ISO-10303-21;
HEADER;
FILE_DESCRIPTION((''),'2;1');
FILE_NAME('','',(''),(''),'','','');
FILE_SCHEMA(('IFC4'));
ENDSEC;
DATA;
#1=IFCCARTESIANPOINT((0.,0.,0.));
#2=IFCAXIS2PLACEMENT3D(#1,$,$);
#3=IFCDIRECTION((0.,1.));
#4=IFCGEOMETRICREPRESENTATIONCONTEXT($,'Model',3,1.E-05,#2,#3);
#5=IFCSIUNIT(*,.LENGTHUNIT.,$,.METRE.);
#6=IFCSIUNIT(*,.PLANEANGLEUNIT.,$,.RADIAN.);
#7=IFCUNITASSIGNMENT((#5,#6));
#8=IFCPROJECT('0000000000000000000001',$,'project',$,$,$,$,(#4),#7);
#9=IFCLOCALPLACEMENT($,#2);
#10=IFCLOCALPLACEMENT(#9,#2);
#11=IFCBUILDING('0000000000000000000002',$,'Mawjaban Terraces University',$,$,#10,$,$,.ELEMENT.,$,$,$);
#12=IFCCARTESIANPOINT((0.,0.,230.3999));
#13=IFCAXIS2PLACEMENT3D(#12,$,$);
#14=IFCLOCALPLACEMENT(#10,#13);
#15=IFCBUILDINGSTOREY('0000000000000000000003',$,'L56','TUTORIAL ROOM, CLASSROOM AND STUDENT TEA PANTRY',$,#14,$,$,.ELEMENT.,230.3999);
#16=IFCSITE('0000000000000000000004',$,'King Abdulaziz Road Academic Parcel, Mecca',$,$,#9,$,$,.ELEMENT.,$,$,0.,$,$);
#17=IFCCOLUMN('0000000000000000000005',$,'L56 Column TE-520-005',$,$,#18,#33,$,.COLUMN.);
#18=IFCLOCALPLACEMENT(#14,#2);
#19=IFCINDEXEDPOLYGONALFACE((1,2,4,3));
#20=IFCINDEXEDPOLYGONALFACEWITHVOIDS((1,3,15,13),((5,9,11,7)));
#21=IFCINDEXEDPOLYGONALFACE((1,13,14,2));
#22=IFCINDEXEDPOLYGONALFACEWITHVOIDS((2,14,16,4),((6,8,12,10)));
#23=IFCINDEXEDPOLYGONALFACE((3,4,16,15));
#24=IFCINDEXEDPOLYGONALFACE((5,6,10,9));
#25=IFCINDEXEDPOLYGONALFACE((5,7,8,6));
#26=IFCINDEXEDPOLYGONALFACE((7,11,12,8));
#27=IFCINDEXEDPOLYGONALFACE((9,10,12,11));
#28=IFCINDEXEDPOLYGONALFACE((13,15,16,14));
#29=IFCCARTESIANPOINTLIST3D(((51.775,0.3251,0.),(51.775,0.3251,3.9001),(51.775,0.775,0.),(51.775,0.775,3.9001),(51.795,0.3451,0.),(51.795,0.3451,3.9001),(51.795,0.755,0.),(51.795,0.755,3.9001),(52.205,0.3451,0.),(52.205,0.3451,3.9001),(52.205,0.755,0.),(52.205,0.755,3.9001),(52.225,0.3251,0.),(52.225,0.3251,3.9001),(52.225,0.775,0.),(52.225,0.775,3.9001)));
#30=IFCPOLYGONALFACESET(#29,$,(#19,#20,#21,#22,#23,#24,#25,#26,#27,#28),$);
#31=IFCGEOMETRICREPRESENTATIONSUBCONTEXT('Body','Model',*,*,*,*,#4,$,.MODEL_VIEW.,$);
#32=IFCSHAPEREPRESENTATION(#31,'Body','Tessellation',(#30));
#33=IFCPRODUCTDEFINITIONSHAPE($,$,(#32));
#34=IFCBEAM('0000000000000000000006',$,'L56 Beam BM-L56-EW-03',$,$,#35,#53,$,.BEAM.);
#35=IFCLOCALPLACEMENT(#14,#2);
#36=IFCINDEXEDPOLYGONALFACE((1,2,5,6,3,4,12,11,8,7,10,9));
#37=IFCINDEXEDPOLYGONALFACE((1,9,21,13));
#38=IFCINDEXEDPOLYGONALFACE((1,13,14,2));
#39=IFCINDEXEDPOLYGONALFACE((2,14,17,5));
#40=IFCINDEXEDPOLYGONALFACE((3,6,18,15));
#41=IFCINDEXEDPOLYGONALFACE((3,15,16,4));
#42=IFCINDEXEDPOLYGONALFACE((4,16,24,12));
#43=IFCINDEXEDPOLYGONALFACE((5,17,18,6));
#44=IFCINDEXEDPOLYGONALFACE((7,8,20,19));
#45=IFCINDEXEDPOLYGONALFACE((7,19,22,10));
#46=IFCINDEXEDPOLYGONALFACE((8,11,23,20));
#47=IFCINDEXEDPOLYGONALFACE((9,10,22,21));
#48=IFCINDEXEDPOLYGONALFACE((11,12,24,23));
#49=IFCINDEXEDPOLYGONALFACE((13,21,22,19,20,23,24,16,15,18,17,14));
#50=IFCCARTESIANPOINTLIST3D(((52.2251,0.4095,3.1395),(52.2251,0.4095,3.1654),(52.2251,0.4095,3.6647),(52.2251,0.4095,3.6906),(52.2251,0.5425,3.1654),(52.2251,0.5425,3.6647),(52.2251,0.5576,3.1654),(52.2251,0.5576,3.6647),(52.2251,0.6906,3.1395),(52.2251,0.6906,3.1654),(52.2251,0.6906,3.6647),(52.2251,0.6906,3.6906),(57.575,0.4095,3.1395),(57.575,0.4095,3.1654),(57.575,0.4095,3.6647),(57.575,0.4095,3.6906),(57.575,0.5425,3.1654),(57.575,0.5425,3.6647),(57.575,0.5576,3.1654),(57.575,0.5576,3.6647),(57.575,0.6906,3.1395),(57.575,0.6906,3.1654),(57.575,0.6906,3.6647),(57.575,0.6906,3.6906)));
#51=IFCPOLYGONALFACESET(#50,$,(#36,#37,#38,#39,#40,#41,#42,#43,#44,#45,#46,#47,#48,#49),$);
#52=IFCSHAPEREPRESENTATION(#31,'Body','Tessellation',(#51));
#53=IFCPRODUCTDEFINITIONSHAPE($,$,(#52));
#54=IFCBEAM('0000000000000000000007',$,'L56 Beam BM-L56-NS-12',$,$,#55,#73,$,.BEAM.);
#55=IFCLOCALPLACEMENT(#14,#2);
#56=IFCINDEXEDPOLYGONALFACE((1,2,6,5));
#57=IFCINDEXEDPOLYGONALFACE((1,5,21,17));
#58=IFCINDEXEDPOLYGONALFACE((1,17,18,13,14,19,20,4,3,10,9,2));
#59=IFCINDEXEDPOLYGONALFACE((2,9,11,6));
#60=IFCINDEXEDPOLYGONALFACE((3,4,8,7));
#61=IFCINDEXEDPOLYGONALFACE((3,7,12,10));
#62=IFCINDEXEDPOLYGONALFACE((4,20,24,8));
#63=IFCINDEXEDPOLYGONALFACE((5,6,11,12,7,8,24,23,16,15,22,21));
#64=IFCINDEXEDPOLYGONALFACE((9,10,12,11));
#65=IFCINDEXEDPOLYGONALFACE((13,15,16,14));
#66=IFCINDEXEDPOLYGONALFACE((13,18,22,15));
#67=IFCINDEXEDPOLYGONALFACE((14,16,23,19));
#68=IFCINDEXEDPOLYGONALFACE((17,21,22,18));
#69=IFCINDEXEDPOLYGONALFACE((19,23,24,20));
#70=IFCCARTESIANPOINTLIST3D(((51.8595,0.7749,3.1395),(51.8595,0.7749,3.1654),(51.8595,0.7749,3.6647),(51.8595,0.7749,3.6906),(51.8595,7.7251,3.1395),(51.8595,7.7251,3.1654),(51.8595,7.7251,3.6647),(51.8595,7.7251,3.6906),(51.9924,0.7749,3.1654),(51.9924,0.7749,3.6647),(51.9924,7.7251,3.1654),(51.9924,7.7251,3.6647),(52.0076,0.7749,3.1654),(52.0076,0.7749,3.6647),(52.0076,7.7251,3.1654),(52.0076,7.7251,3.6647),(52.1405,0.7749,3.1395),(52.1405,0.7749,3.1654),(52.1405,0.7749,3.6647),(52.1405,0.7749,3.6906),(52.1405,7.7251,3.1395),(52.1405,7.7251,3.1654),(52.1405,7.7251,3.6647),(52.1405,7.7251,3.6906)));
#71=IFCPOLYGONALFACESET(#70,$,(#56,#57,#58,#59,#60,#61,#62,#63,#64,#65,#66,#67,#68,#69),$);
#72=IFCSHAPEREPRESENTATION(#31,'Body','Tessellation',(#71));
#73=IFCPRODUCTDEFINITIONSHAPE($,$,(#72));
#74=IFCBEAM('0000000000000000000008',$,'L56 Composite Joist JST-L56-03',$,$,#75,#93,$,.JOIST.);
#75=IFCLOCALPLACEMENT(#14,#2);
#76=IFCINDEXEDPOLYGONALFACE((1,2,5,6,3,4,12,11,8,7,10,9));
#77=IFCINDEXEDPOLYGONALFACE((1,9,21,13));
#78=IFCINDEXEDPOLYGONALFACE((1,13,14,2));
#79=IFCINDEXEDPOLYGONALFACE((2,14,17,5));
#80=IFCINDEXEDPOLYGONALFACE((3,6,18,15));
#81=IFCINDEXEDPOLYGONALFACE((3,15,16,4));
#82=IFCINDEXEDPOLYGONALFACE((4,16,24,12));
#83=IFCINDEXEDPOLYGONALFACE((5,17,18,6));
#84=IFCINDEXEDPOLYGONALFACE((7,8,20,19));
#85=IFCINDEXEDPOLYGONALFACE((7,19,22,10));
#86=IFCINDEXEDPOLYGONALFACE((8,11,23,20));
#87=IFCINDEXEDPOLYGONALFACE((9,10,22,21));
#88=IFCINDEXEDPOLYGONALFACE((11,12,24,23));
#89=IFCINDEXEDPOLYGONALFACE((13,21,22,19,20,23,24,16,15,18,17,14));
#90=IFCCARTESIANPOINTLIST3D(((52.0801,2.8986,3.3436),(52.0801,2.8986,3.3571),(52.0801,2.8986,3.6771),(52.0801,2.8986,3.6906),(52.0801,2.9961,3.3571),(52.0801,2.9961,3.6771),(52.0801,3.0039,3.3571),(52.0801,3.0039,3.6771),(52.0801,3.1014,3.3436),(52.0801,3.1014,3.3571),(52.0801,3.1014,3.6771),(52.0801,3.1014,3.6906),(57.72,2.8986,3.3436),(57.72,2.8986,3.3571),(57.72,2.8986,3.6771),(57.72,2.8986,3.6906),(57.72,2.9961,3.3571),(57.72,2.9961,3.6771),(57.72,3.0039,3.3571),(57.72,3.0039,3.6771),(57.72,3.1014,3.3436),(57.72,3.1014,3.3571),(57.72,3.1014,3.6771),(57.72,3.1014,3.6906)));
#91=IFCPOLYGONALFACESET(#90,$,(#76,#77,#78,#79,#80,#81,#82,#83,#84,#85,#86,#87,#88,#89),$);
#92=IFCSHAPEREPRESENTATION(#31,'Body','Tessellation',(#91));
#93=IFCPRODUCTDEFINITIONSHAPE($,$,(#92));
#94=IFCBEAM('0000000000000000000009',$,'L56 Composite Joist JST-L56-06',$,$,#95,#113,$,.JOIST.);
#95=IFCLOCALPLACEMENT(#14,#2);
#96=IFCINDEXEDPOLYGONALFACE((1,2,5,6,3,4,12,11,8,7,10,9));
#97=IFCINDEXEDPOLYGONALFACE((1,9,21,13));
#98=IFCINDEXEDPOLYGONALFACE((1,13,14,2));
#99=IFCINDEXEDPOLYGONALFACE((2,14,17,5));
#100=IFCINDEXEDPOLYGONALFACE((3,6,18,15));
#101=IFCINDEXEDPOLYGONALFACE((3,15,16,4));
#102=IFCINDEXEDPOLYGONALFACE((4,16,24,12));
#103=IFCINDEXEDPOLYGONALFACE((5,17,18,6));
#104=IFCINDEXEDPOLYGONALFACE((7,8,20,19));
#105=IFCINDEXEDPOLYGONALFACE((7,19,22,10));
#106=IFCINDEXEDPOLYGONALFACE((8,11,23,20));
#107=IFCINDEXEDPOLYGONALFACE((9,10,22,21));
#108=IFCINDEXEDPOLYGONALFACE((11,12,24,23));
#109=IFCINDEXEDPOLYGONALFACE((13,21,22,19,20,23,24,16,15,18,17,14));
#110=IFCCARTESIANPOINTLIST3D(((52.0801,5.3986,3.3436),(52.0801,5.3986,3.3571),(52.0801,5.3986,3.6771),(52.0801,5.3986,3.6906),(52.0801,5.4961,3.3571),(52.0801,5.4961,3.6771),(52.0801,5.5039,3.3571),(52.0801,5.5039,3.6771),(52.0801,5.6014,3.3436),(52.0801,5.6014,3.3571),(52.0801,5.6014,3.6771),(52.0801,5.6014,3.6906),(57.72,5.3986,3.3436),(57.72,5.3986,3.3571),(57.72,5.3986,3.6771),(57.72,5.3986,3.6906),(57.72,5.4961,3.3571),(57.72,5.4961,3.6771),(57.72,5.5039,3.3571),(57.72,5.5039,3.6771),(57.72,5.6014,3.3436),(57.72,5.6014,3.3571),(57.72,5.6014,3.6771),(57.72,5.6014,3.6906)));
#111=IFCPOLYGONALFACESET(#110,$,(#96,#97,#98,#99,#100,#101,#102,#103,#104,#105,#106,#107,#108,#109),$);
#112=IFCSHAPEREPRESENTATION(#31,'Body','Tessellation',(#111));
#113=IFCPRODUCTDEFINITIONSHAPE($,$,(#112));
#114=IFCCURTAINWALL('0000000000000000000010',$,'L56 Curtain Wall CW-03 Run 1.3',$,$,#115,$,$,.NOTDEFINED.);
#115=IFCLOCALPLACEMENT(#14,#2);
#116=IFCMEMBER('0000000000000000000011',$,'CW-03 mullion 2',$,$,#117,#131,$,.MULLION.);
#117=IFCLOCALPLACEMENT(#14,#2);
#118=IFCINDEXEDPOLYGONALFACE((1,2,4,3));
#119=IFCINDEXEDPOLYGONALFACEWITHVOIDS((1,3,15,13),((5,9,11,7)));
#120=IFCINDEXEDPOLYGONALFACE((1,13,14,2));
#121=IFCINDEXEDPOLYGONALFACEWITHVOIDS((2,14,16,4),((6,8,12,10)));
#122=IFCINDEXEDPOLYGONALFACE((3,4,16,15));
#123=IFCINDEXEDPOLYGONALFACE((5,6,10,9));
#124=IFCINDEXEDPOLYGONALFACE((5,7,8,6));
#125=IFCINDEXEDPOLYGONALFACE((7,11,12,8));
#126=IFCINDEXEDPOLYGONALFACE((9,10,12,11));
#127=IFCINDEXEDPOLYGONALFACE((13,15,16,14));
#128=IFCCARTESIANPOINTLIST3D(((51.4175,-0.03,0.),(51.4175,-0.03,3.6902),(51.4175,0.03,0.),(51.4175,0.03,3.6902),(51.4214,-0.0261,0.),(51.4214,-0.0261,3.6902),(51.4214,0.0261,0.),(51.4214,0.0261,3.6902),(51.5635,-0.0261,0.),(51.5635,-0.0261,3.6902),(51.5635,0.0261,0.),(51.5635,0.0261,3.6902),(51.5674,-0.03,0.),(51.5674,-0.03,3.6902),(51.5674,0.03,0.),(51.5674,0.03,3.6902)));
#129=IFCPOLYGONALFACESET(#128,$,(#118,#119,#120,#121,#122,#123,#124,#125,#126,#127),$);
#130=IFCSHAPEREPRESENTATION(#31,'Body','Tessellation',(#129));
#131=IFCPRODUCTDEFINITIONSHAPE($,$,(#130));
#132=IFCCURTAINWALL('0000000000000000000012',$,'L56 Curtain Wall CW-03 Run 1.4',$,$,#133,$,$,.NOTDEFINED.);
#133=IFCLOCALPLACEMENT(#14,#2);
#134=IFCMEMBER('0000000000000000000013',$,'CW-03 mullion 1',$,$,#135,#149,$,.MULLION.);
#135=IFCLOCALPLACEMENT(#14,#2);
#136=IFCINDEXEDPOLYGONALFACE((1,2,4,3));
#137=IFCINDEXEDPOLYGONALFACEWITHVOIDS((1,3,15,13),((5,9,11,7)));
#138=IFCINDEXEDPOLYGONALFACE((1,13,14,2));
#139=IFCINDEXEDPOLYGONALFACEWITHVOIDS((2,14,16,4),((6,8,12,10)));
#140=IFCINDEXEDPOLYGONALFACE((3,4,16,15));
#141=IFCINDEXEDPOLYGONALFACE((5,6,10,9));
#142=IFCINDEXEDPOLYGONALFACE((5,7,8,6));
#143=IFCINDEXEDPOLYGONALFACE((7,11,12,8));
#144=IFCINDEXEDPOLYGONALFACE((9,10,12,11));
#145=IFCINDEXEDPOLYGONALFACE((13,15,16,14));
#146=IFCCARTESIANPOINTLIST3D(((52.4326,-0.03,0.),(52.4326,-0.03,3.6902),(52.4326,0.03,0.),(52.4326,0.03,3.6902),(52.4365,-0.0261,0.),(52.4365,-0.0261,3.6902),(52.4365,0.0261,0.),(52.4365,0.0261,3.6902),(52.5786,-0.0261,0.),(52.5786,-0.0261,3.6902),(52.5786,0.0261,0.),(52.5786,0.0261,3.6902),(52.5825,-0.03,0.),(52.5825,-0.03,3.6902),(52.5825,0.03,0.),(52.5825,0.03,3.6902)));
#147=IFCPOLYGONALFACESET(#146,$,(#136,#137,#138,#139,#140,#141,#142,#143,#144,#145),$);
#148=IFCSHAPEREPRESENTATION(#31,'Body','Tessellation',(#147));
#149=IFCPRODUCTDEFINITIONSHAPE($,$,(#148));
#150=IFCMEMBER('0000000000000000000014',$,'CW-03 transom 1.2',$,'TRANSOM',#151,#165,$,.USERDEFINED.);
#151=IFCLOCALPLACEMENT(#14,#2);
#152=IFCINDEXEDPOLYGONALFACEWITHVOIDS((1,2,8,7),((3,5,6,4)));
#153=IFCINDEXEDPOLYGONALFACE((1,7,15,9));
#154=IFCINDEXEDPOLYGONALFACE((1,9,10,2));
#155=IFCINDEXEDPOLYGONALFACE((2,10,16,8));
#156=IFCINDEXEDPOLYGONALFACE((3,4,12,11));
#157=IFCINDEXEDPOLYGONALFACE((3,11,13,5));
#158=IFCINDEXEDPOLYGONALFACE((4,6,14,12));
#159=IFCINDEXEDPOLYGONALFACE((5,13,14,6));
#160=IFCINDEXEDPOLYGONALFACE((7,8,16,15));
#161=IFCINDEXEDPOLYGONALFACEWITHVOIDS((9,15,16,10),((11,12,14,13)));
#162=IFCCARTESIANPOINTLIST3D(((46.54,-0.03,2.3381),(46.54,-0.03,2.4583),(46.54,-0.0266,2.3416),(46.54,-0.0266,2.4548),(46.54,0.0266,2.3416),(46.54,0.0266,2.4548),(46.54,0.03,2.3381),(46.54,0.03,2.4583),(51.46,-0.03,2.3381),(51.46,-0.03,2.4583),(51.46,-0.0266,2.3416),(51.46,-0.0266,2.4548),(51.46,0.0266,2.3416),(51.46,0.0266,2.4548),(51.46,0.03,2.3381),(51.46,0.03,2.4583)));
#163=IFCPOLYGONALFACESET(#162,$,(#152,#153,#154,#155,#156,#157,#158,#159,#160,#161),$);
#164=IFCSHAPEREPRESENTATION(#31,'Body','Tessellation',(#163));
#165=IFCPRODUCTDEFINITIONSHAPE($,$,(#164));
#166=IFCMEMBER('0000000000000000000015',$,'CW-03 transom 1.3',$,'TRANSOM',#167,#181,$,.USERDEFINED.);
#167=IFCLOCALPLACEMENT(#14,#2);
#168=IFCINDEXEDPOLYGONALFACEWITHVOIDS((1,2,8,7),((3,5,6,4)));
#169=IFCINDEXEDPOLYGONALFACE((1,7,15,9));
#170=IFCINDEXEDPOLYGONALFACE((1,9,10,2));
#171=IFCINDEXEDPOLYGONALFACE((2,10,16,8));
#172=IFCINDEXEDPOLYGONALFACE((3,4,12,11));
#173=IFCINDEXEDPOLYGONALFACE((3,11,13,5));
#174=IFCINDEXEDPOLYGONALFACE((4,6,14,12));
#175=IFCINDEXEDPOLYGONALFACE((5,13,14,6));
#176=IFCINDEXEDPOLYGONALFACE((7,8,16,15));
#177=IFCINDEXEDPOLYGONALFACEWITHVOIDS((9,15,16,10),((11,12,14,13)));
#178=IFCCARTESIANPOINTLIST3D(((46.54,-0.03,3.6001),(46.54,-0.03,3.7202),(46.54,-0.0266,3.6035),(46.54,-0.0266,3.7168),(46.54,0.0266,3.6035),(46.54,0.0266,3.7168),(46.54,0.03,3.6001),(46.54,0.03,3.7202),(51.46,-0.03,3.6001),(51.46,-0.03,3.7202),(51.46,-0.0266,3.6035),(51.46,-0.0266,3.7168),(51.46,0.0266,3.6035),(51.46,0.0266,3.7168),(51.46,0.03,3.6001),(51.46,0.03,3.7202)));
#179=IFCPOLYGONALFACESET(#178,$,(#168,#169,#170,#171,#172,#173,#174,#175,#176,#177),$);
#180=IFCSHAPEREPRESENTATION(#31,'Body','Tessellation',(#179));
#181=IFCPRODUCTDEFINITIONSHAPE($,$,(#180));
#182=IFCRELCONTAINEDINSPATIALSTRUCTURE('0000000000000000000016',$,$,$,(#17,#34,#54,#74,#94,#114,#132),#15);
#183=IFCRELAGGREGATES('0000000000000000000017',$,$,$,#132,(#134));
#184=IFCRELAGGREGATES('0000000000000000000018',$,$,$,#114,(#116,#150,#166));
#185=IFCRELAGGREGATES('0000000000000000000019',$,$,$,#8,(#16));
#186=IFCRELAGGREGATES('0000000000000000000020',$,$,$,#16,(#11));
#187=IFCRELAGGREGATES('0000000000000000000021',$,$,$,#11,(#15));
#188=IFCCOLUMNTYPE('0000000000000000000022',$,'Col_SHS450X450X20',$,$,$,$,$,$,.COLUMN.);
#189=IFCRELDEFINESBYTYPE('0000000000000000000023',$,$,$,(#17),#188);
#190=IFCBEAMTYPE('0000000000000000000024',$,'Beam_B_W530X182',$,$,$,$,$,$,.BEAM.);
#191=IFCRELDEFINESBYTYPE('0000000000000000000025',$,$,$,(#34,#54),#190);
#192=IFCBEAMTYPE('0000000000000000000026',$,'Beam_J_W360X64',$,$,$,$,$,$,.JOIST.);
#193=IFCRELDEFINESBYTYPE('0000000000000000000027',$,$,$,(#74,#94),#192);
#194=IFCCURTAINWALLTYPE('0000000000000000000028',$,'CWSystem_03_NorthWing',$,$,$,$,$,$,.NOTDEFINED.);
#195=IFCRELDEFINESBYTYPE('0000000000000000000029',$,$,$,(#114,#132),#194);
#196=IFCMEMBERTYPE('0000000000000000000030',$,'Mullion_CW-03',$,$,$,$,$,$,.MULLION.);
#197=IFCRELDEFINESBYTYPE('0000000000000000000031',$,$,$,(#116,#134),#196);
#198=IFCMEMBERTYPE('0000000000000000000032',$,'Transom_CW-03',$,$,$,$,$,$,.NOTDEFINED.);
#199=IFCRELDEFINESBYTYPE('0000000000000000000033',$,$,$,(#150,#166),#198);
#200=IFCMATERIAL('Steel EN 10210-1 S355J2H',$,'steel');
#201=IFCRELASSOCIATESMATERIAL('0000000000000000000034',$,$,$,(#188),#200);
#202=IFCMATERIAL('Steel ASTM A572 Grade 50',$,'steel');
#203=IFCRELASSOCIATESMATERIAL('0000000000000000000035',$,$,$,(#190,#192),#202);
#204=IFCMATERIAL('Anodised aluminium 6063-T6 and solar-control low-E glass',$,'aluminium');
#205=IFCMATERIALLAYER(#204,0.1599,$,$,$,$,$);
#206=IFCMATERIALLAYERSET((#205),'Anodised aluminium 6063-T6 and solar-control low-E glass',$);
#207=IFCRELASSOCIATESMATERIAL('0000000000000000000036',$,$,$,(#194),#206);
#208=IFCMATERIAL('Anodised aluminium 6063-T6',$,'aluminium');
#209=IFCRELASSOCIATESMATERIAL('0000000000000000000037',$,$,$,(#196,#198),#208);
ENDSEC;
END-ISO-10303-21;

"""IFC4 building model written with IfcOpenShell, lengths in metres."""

from ifc_helpers import new_model, si_unit, direction, frame, origin, origin_2d, place, context, subcontext, project, spatial, hollow_rectangle, i_section, extrude, material, layer, layer_set, material_profile, profile_set, type_object, element, aggregate, save


model = new_model("IFC4")

# Units and contexts
model_context = context("Model", 3, precision=1e-05, world=origin(), true_north=direction((0.0, 1.0)))
body_context = subcontext(model_context, "Body", "Model", "MODEL_VIEW")
ifc_project = project(units=[si_unit("LENGTHUNIT", "METRE"), si_unit("PLANEANGLEUNIT", "RADIAN")], contexts=[model_context])

# Site, building, storey
site_placement = place(None, origin())
site = spatial("IfcSite", under=ifc_project, at=site_placement, Name="King Abdulaziz Road Academic Parcel, Mecca", CompositionType="ELEMENT", RefElevation=0.0)
building_placement = place(site_placement, origin())
building = spatial("IfcBuilding", under=site, at=building_placement, Name="Mawjaban Terraces University", CompositionType="ELEMENT")
storey_placement = place(building_placement, frame((0.0, 0.0, 230.3999)))
storey = spatial("IfcBuildingStorey", under=building, at=storey_placement, Name="L56", Description="TUTORIAL ROOM, CLASSROOM AND STUDENT TEA PANTRY", CompositionType="ELEMENT", Elevation=230.3999)

# Column
ifc_material_1 = material(Name="Steel EN 10210-1 S355J2H", Category="steel")
ifc_material_profile_1 = material_profile(ifc_material_1, hollow_rectangle(XDim=0.45, YDim=0.45, WallThickness=0.02, at=origin_2d()), Name="SHS450X450X20")
ifc_profile_set_1 = profile_set([ifc_material_profile_1], Name="Steel EN 10210-1 S355J2H")
column_type = type_object("IfcColumnType", Name="Col_SHS450X450X20", PredefinedType="COLUMN", material=ifc_profile_set_1)
column_placement = place(storey_placement, frame((52.0, 0.55, 0.0), z_axis=(0.0, 0.0, 1.0), x_axis=(1.0, 0.0, 0.0)))
element("IfcColumn", 1, at=column_placement, inside=storey, type_object=column_type, Name="L56 Column TE-520-005", PredefinedType="COLUMN", context=body_context, shape_type="SweptSolid", body=[
    extrude(hollow_rectangle(XDim=0.45, YDim=0.45, WallThickness=0.02, at=origin_2d()), origin(), (0.0, 0.0, 1.0), 3.9001),
])

# Beams
ifc_material_2 = material(Name="Steel ASTM A572 Grade 50", Category="steel")
ifc_material_profile_2 = material_profile(ifc_material_2, i_section(OverallWidth=0.281, OverallDepth=0.551, WebThickness=0.0151, FlangeThickness=0.0259, at=origin_2d()), Name="W530X182")
ifc_profile_set_2 = profile_set([ifc_material_profile_2], Name="Steel ASTM A572 Grade 50")
beam_type_1 = type_object("IfcBeamType", Name="Beam_B_W530X182", PredefinedType="BEAM", material=ifc_profile_set_2)
beam_1_placement = place(storey_placement, frame((52.2251, 0.55, 3.415), z_axis=(1.0, 0.0, 0.0), x_axis=(0.0, 1.0, 0.0)))
element("IfcBeam", 2, at=beam_1_placement, inside=storey, type_object=beam_type_1, Name="L56 Beam BM-L56-EW-03", PredefinedType="BEAM", context=body_context, shape_type="SweptSolid", body=[
    extrude(i_section(OverallWidth=0.281, OverallDepth=0.551, WebThickness=0.0151, FlangeThickness=0.0259, at=origin_2d()), origin(), (0.0, 0.0, 1.0), 5.3499),
])
beam_2_placement = place(storey_placement, frame((52.0, 0.7749, 3.415), z_axis=(0.0, 1.0, 0.0), x_axis=(-1.0, 0.0, 0.0)))
element("IfcBeam", 3, at=beam_2_placement, inside=storey, type_object=beam_type_1, Name="L56 Beam BM-L56-NS-12", PredefinedType="BEAM", context=body_context, shape_type="SweptSolid", body=[
    extrude(i_section(OverallWidth=0.281, OverallDepth=0.551, WebThickness=0.0151, FlangeThickness=0.0259, at=origin_2d()), origin(), (0.0, 0.0, 1.0), 6.9502),
])
ifc_material_profile_3 = material_profile(ifc_material_2, i_section(OverallWidth=0.2029, OverallDepth=0.3469, WebThickness=0.0078, FlangeThickness=0.0134, at=origin_2d()), Name="W360X64")
ifc_profile_set_3 = profile_set([ifc_material_profile_3], Name="Steel ASTM A572 Grade 50")
beam_type_2 = type_object("IfcBeamType", Name="Beam_J_W360X64", PredefinedType="JOIST", material=ifc_profile_set_3)
for number, where, z_axis, x_axis, name in (
    (4, (52.0801, 3.0, 3.5171), (1.0, 0.0, 0.0), (0.0, 1.0, 0.0), "L56 Composite Joist JST-L56-03"),
    (5, (52.0801, 5.5, 3.5171), (1.0, 0.0, 0.0), (0.0, 1.0, 0.0), "L56 Composite Joist JST-L56-06"),
):
    element("IfcBeam", number, at=place(storey_placement, frame(where, z_axis=z_axis, x_axis=x_axis)), inside=storey, type_object=beam_type_2, Name=name, PredefinedType="JOIST", context=body_context, shape_type="SweptSolid", body=[
        extrude(i_section(OverallWidth=0.2029, OverallDepth=0.3469, WebThickness=0.0078, FlangeThickness=0.0134, at=origin_2d()), origin(), (0.0, 0.0, 1.0), 5.6399),
    ])

# Curtain walls, members
ifc_material_3 = material(Name="Anodised aluminium 6063-T6 and solar-control low-E glass", Category="aluminium")
ifc_layer_1 = layer(ifc_material_3, 0.1599)
ifc_layer_set_1 = layer_set([ifc_layer_1], Name="Anodised aluminium 6063-T6 and solar-control low-E glass")
curtain_wall_type = type_object("IfcCurtainWallType", Name="CWSystem_03_NorthWing", PredefinedType="NOTDEFINED", material=ifc_layer_set_1)
curtain_wall_1_placement = place(storey_placement, origin())
curtain_wall_1 = element("IfcCurtainWall", 6, at=curtain_wall_1_placement, inside=storey, type_object=curtain_wall_type, Name="L56 Curtain Wall CW-03 Run 1.3", PredefinedType="NOTDEFINED")
ifc_material_4 = material(Name="Anodised aluminium 6063-T6", Category="aluminium")
ifc_material_profile_4 = material_profile(ifc_material_4, hollow_rectangle(XDim=0.0601, YDim=0.1499, WallThickness=0.0039, at=origin_2d()), Name="ALU150X60X4")
ifc_profile_set_4 = profile_set([ifc_material_profile_4], Name="Anodised aluminium 6063-T6")
member_type_1 = type_object("IfcMemberType", Name="Mullion_CW-03", PredefinedType="MULLION", material=ifc_profile_set_4)
member_1_placement = place(storey_placement, frame((51.4924, 0.0, 0.0), z_axis=(0.0, 0.0, 1.0), x_axis=(0.0, 1.0, 0.0)))
member_1 = element("IfcMember", 7, at=member_1_placement, type_object=member_type_1, Name="CW-03 mullion 2", PredefinedType="MULLION", context=body_context, shape_type="SweptSolid", body=[
    extrude(hollow_rectangle(XDim=0.0601, YDim=0.1499, WallThickness=0.0039, at=origin_2d()), origin(), (0.0, 0.0, 1.0), 3.6902),
])
curtain_wall_2_placement = place(storey_placement, origin())
curtain_wall_2 = element("IfcCurtainWall", 8, at=curtain_wall_2_placement, inside=storey, type_object=curtain_wall_type, Name="L56 Curtain Wall CW-03 Run 1.4", PredefinedType="NOTDEFINED")
member_2_placement = place(storey_placement, frame((52.5076, 0.0, 0.0), z_axis=(0.0, 0.0, 1.0), x_axis=(0.0, 1.0, 0.0)))
member_2 = element("IfcMember", 9, at=member_2_placement, type_object=member_type_1, Name="CW-03 mullion 1", PredefinedType="MULLION", context=body_context, shape_type="SweptSolid", body=[
    extrude(hollow_rectangle(XDim=0.0601, YDim=0.1499, WallThickness=0.0039, at=origin_2d()), origin(), (0.0, 0.0, 1.0), 3.6902),
])

# Members
ifc_material_profile_5 = material_profile(ifc_material_4, hollow_rectangle(XDim=0.0601, YDim=0.1201, WallThickness=0.0034, at=origin_2d()), Name="ALU120X60X3.5")
ifc_profile_set_5 = profile_set([ifc_material_profile_5], Name="Anodised aluminium 6063-T6")
member_type_2 = type_object("IfcMemberType", Name="Transom_CW-03", PredefinedType="NOTDEFINED", material=ifc_profile_set_5)
member_3_placement = place(storey_placement, frame((46.54, 0.0, 2.3982), z_axis=(1.0, 0.0, 0.0), x_axis=(0.0, 1.0, 0.0)))
member_3 = element("IfcMember", 10, at=member_3_placement, type_object=member_type_2, Name="CW-03 transom 1.2", ObjectType="TRANSOM", PredefinedType="USERDEFINED", context=body_context, shape_type="SweptSolid", body=[
    extrude(hollow_rectangle(XDim=0.0601, YDim=0.1201, WallThickness=0.0034, at=origin_2d()), origin(), (0.0, 0.0, 1.0), 4.9199),
])
member_4_placement = place(storey_placement, frame((46.54, 0.0, 3.6602), z_axis=(1.0, 0.0, 0.0), x_axis=(0.0, 1.0, 0.0)))
member_4 = element("IfcMember", 11, at=member_4_placement, type_object=member_type_2, Name="CW-03 transom 1.3", ObjectType="TRANSOM", PredefinedType="USERDEFINED", context=body_context, shape_type="SweptSolid", body=[
    extrude(hollow_rectangle(XDim=0.0601, YDim=0.1201, WallThickness=0.0034, at=origin_2d()), origin(), (0.0, 0.0, 1.0), 4.9199),
])
aggregate(curtain_wall_2, [member_2])

aggregate(curtain_wall_1, [member_1, member_3, member_4])

save(model, "model.ifc")
